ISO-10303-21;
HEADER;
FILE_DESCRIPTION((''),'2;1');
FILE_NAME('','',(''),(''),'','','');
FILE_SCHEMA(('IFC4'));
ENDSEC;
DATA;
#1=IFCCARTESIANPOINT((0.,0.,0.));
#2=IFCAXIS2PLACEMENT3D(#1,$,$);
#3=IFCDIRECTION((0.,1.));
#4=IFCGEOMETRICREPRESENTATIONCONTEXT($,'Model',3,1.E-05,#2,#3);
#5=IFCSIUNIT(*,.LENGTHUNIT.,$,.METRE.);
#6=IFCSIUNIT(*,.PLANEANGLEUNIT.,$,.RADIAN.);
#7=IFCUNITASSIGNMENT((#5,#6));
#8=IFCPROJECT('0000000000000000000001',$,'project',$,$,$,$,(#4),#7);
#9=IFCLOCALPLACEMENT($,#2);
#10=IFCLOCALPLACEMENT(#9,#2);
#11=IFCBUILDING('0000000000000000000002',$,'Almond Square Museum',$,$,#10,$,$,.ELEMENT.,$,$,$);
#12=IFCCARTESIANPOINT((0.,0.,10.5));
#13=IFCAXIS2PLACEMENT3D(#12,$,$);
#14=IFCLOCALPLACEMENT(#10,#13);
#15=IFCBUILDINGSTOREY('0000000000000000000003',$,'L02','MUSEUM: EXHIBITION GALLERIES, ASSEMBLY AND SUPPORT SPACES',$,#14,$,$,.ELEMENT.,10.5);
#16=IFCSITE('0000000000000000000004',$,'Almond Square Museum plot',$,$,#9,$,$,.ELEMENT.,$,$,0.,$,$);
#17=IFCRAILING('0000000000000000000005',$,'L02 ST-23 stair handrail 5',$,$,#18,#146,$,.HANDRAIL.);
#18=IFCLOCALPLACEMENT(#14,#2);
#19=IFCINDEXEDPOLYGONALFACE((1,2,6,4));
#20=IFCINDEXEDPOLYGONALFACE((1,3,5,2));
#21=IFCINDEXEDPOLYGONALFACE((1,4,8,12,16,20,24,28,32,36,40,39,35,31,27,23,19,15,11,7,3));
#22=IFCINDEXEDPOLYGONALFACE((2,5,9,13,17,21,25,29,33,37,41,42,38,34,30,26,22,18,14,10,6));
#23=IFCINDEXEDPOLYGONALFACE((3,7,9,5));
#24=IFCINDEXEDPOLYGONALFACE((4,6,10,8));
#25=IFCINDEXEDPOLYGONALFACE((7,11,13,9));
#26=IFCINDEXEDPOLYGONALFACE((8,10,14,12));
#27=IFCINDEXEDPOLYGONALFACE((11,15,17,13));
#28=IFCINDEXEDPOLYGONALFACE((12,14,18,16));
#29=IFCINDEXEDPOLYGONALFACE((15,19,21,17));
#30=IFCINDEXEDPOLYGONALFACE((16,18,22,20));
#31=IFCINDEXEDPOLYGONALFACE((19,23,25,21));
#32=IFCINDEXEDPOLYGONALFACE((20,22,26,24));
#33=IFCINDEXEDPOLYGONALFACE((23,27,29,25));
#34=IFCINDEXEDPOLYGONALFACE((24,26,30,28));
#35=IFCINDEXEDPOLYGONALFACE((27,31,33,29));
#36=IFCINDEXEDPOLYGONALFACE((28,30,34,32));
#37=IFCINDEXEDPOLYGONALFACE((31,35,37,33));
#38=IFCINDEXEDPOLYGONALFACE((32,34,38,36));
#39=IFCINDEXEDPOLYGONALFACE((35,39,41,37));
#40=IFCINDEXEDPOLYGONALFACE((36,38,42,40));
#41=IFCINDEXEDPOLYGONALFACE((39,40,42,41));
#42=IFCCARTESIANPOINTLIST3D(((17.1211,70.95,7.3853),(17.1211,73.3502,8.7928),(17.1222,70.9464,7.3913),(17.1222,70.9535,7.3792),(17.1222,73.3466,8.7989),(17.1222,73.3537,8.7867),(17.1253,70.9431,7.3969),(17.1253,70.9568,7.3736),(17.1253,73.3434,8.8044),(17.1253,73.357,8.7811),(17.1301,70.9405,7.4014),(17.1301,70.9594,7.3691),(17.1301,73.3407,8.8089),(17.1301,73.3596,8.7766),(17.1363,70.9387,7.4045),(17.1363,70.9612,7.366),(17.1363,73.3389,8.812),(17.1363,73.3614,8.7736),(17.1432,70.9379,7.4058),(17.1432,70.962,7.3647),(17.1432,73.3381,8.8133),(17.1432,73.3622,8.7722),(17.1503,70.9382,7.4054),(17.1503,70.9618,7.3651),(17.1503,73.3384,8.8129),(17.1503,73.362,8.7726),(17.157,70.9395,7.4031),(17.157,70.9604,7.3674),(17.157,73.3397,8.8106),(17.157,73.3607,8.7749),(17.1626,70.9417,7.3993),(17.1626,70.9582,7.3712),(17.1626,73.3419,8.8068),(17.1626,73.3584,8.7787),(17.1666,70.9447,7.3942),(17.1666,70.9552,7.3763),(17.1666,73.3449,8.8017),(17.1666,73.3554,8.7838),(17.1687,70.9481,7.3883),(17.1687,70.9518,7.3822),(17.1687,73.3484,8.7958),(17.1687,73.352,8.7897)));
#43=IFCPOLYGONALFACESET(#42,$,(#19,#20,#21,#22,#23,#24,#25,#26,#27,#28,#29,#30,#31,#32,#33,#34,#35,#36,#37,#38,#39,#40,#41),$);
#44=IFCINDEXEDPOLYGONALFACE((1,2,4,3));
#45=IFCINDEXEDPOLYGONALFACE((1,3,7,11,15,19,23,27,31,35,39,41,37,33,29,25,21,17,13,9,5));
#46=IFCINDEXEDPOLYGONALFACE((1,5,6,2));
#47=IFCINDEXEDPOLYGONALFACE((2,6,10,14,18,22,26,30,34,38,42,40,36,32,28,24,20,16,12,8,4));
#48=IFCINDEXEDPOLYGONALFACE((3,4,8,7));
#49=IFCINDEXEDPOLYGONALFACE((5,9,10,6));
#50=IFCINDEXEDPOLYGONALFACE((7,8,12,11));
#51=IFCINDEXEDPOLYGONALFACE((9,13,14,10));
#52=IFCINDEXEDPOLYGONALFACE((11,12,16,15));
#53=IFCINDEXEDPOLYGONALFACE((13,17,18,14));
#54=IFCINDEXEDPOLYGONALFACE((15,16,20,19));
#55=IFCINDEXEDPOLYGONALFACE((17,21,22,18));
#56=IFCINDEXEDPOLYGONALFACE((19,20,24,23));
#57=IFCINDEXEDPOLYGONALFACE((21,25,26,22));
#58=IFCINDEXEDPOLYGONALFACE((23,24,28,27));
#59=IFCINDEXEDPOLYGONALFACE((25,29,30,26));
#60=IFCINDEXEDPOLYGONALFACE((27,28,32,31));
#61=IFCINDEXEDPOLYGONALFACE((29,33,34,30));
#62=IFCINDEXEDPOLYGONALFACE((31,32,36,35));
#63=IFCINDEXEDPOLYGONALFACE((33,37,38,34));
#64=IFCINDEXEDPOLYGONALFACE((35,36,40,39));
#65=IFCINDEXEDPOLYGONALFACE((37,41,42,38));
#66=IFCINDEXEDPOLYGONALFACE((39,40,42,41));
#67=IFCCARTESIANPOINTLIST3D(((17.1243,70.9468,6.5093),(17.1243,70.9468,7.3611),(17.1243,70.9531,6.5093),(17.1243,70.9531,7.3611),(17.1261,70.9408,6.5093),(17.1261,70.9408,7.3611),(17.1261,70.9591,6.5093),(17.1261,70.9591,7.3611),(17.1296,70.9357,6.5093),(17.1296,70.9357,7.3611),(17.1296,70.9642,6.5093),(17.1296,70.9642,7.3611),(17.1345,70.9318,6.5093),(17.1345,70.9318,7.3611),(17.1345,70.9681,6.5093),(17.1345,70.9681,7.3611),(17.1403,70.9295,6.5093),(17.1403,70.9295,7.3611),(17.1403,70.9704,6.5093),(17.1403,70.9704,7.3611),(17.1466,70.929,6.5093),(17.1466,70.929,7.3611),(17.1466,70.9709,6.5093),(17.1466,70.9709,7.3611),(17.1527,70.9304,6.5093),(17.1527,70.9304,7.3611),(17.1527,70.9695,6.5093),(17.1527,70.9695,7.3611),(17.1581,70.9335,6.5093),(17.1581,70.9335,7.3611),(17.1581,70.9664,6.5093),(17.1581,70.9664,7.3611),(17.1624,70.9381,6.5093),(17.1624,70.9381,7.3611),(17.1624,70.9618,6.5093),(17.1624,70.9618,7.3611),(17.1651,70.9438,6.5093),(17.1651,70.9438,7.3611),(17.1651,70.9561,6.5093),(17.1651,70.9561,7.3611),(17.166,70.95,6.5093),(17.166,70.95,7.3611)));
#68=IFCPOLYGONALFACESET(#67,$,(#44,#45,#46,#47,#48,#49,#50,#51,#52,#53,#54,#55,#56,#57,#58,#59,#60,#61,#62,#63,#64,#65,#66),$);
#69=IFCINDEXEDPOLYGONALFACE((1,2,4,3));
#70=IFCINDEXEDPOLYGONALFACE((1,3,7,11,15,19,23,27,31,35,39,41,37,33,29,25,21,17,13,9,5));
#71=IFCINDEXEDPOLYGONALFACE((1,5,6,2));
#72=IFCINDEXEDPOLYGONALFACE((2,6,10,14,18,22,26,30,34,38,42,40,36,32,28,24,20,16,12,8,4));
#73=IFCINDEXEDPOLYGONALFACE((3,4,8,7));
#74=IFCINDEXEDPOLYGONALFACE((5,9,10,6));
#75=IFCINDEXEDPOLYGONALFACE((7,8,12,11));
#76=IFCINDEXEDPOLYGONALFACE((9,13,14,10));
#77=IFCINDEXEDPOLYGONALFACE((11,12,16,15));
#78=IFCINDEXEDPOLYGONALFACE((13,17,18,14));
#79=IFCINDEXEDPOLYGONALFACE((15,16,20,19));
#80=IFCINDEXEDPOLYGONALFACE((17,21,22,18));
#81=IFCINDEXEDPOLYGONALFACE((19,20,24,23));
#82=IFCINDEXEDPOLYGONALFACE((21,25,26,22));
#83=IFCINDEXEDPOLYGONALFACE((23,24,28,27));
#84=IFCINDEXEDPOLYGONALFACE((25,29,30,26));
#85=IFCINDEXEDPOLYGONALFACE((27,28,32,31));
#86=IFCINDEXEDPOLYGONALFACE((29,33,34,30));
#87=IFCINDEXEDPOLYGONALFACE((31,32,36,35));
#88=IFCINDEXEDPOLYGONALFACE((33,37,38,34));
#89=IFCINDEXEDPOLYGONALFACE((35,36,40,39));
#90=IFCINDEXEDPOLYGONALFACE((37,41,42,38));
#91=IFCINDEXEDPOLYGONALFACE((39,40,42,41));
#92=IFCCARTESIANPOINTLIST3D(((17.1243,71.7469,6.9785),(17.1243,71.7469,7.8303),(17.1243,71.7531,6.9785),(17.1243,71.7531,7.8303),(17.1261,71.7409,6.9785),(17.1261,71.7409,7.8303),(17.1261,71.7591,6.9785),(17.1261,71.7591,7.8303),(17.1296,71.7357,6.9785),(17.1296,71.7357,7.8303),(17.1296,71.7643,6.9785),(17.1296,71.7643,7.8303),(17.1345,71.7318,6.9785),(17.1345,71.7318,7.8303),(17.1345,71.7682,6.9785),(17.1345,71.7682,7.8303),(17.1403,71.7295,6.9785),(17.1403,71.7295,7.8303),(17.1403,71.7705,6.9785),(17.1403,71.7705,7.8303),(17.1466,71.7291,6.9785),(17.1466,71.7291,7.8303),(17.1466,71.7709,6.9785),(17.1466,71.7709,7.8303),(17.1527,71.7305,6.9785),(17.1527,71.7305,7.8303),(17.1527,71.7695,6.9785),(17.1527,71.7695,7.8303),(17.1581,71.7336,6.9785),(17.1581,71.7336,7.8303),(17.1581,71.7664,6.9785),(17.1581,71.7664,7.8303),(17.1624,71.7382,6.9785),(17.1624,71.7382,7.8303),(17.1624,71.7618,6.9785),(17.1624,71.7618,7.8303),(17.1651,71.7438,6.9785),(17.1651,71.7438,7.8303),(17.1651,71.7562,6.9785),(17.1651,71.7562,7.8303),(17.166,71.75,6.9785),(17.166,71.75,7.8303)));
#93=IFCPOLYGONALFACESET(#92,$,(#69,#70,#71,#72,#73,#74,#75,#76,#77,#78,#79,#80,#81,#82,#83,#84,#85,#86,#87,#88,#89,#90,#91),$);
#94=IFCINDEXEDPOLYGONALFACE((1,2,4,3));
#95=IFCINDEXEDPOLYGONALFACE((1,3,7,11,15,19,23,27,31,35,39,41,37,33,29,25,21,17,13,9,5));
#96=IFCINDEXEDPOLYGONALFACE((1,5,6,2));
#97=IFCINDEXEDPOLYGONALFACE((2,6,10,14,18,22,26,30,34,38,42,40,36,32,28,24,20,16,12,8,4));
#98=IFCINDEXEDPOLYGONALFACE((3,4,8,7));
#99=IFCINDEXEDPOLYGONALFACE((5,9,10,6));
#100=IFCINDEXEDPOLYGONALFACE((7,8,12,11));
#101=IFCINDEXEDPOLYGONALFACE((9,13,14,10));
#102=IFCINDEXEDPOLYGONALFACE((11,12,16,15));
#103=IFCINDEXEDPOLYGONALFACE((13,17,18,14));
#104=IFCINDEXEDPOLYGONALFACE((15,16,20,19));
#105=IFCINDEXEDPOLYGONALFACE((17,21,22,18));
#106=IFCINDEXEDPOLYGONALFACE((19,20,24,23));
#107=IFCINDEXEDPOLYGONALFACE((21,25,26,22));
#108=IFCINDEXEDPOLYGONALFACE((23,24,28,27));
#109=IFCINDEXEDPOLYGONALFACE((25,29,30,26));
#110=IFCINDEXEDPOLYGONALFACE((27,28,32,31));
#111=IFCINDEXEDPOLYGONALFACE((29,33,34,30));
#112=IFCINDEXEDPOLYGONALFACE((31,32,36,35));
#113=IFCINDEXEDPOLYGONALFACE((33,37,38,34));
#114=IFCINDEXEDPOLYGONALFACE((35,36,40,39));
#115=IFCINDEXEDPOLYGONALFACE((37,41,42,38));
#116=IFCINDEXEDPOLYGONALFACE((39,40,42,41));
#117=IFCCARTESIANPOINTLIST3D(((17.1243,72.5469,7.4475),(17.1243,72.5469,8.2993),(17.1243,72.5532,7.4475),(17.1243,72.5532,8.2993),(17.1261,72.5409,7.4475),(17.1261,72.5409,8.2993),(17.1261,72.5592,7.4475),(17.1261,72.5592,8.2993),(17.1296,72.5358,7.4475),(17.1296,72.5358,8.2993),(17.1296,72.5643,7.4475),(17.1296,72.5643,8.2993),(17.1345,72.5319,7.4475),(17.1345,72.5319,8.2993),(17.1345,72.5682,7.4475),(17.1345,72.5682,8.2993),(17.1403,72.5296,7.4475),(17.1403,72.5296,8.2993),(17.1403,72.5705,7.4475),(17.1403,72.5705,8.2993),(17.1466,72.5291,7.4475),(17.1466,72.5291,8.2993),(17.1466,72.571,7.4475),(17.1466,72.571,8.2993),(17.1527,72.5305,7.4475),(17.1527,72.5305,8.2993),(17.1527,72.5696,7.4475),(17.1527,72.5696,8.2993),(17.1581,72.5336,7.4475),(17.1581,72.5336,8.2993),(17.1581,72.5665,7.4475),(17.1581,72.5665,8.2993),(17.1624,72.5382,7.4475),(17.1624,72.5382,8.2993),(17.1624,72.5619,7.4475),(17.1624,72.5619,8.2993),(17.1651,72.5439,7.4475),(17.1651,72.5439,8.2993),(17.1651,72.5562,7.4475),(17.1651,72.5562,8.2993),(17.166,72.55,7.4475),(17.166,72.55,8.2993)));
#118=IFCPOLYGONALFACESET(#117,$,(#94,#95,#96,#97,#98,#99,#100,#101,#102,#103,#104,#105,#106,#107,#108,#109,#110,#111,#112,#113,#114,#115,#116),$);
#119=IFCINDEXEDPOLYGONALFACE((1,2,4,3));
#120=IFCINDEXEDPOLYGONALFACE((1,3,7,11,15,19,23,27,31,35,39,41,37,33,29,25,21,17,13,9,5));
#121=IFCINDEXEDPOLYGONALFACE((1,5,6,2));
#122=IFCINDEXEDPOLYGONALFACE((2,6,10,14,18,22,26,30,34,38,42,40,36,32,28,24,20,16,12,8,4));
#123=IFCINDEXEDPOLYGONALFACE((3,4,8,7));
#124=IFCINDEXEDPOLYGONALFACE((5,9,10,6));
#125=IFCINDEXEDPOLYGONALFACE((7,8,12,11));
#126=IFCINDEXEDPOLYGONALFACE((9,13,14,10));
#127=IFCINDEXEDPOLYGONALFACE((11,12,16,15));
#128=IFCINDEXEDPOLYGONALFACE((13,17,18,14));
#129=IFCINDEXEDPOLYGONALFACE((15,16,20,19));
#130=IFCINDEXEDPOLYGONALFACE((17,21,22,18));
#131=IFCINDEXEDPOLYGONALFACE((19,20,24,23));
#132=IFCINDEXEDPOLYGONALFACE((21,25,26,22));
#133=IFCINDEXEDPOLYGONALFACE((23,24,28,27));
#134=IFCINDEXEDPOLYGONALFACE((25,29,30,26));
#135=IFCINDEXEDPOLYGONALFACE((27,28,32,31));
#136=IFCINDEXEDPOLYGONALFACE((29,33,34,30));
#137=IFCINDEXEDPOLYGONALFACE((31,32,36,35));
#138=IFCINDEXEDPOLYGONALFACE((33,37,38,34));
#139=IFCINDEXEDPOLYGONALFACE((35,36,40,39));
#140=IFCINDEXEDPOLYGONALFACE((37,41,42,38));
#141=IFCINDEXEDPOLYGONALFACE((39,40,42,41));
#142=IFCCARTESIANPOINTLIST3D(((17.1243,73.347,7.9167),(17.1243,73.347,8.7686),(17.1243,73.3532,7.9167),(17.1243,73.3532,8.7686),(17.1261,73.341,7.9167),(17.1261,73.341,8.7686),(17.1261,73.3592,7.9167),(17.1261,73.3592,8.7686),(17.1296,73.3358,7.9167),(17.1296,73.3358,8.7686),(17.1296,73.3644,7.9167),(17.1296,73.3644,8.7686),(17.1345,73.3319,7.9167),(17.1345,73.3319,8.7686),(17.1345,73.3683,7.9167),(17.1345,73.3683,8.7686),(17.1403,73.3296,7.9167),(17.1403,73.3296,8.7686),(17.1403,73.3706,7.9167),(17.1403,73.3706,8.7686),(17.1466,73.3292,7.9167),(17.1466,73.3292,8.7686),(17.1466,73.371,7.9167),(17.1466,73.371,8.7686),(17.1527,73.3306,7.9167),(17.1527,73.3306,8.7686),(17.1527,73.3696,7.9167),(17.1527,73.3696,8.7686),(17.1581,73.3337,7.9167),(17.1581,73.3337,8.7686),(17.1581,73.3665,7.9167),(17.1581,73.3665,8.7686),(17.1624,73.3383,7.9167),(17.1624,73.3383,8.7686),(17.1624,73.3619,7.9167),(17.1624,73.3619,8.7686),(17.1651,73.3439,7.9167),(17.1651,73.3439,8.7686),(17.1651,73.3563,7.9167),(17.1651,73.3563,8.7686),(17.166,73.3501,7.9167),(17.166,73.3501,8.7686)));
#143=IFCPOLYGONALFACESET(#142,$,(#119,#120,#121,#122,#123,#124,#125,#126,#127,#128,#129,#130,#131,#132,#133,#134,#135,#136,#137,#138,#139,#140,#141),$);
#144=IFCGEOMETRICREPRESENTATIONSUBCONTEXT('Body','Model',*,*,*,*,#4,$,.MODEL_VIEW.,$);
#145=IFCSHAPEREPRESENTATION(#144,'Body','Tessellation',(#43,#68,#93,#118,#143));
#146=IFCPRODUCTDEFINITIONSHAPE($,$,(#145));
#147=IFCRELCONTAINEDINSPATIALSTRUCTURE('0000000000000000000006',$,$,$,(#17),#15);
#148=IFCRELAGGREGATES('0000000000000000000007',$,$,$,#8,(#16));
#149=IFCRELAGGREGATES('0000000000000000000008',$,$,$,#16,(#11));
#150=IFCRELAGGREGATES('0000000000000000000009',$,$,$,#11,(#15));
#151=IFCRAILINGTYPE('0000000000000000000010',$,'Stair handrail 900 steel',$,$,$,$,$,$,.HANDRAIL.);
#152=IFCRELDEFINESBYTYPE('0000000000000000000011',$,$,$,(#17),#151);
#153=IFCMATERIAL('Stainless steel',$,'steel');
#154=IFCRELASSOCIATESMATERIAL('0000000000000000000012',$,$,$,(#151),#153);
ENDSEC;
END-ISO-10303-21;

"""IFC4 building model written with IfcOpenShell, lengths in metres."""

from ifc_helpers import new_model, si_unit, direction, frame, origin, origin_2d, place, context, subcontext, project, spatial, circle, extrude, material, type_object, element, save


model = new_model("IFC4")

# Units and contexts
model_context = context("Model", 3, precision=1e-05, world=origin(), true_north=direction((0.0, 1.0)))
body_context = subcontext(model_context, "Body", "Model", "MODEL_VIEW")
ifc_project = project(units=[si_unit("LENGTHUNIT", "METRE"), si_unit("PLANEANGLEUNIT", "RADIAN")], contexts=[model_context])

# Site, building, storey
site_placement = place(None, origin())
site = spatial("IfcSite", under=ifc_project, at=site_placement, Name="Almond Square Museum plot", CompositionType="ELEMENT", RefElevation=0.0)
building_placement = place(site_placement, origin())
building = spatial("IfcBuilding", under=site, at=building_placement, Name="Almond Square Museum", CompositionType="ELEMENT")
storey_placement = place(building_placement, frame((0.0, 0.0, 10.5)))
storey = spatial("IfcBuildingStorey", under=building, at=storey_placement, Name="L02", Description="MUSEUM: EXHIBITION GALLERIES, ASSEMBLY AND SUPPORT SPACES", CompositionType="ELEMENT", Elevation=10.5)

# Railing
ifc_material_1 = material(Name="Stainless steel", Category="steel")
railing_type_1 = type_object("IfcRailingType", Name="Stair handrail 900 steel", PredefinedType="HANDRAIL", material=ifc_material_1)
for number, where, name in (
    (1, (17.145, 70.95, 6.5093), "L02 ST-23 stair handrail 5"),
):
    element("IfcRailing", number, at=place(storey_placement, frame(where)), inside=storey, type_object=railing_type_1, Name=name, PredefinedType="HANDRAIL", context=body_context, shape_type="SweptSolid", body=[
        extrude(circle(Radius=0.0239, at=origin_2d()), frame((0.0, 0.0, 0.876), z_axis=(0.0, 0.862621, 0.50585), x_axis=(-1.0, 0.0, 0.0)), (0.0, 0.0, 1.0), 2.7825),
        extrude(circle(Radius=0.021, at=origin_2d()), origin(), (0.0, 0.0, 1.0), 0.8518),
        extrude(circle(Radius=0.021, at=origin_2d()), frame((0.0, 0.8, 0.4692)), (0.0, 0.0, 1.0), 0.8518),
        extrude(circle(Radius=0.021, at=origin_2d()), frame((0.0, 1.6001, 0.9382)), (0.0, 0.0, 1.0), 0.8518),
        extrude(circle(Radius=0.021, at=origin_2d()), frame((0.0, 2.4001, 1.4075)), (0.0, 0.0, 1.0), 0.8518),
    ])

save(model, "model.ifc")
